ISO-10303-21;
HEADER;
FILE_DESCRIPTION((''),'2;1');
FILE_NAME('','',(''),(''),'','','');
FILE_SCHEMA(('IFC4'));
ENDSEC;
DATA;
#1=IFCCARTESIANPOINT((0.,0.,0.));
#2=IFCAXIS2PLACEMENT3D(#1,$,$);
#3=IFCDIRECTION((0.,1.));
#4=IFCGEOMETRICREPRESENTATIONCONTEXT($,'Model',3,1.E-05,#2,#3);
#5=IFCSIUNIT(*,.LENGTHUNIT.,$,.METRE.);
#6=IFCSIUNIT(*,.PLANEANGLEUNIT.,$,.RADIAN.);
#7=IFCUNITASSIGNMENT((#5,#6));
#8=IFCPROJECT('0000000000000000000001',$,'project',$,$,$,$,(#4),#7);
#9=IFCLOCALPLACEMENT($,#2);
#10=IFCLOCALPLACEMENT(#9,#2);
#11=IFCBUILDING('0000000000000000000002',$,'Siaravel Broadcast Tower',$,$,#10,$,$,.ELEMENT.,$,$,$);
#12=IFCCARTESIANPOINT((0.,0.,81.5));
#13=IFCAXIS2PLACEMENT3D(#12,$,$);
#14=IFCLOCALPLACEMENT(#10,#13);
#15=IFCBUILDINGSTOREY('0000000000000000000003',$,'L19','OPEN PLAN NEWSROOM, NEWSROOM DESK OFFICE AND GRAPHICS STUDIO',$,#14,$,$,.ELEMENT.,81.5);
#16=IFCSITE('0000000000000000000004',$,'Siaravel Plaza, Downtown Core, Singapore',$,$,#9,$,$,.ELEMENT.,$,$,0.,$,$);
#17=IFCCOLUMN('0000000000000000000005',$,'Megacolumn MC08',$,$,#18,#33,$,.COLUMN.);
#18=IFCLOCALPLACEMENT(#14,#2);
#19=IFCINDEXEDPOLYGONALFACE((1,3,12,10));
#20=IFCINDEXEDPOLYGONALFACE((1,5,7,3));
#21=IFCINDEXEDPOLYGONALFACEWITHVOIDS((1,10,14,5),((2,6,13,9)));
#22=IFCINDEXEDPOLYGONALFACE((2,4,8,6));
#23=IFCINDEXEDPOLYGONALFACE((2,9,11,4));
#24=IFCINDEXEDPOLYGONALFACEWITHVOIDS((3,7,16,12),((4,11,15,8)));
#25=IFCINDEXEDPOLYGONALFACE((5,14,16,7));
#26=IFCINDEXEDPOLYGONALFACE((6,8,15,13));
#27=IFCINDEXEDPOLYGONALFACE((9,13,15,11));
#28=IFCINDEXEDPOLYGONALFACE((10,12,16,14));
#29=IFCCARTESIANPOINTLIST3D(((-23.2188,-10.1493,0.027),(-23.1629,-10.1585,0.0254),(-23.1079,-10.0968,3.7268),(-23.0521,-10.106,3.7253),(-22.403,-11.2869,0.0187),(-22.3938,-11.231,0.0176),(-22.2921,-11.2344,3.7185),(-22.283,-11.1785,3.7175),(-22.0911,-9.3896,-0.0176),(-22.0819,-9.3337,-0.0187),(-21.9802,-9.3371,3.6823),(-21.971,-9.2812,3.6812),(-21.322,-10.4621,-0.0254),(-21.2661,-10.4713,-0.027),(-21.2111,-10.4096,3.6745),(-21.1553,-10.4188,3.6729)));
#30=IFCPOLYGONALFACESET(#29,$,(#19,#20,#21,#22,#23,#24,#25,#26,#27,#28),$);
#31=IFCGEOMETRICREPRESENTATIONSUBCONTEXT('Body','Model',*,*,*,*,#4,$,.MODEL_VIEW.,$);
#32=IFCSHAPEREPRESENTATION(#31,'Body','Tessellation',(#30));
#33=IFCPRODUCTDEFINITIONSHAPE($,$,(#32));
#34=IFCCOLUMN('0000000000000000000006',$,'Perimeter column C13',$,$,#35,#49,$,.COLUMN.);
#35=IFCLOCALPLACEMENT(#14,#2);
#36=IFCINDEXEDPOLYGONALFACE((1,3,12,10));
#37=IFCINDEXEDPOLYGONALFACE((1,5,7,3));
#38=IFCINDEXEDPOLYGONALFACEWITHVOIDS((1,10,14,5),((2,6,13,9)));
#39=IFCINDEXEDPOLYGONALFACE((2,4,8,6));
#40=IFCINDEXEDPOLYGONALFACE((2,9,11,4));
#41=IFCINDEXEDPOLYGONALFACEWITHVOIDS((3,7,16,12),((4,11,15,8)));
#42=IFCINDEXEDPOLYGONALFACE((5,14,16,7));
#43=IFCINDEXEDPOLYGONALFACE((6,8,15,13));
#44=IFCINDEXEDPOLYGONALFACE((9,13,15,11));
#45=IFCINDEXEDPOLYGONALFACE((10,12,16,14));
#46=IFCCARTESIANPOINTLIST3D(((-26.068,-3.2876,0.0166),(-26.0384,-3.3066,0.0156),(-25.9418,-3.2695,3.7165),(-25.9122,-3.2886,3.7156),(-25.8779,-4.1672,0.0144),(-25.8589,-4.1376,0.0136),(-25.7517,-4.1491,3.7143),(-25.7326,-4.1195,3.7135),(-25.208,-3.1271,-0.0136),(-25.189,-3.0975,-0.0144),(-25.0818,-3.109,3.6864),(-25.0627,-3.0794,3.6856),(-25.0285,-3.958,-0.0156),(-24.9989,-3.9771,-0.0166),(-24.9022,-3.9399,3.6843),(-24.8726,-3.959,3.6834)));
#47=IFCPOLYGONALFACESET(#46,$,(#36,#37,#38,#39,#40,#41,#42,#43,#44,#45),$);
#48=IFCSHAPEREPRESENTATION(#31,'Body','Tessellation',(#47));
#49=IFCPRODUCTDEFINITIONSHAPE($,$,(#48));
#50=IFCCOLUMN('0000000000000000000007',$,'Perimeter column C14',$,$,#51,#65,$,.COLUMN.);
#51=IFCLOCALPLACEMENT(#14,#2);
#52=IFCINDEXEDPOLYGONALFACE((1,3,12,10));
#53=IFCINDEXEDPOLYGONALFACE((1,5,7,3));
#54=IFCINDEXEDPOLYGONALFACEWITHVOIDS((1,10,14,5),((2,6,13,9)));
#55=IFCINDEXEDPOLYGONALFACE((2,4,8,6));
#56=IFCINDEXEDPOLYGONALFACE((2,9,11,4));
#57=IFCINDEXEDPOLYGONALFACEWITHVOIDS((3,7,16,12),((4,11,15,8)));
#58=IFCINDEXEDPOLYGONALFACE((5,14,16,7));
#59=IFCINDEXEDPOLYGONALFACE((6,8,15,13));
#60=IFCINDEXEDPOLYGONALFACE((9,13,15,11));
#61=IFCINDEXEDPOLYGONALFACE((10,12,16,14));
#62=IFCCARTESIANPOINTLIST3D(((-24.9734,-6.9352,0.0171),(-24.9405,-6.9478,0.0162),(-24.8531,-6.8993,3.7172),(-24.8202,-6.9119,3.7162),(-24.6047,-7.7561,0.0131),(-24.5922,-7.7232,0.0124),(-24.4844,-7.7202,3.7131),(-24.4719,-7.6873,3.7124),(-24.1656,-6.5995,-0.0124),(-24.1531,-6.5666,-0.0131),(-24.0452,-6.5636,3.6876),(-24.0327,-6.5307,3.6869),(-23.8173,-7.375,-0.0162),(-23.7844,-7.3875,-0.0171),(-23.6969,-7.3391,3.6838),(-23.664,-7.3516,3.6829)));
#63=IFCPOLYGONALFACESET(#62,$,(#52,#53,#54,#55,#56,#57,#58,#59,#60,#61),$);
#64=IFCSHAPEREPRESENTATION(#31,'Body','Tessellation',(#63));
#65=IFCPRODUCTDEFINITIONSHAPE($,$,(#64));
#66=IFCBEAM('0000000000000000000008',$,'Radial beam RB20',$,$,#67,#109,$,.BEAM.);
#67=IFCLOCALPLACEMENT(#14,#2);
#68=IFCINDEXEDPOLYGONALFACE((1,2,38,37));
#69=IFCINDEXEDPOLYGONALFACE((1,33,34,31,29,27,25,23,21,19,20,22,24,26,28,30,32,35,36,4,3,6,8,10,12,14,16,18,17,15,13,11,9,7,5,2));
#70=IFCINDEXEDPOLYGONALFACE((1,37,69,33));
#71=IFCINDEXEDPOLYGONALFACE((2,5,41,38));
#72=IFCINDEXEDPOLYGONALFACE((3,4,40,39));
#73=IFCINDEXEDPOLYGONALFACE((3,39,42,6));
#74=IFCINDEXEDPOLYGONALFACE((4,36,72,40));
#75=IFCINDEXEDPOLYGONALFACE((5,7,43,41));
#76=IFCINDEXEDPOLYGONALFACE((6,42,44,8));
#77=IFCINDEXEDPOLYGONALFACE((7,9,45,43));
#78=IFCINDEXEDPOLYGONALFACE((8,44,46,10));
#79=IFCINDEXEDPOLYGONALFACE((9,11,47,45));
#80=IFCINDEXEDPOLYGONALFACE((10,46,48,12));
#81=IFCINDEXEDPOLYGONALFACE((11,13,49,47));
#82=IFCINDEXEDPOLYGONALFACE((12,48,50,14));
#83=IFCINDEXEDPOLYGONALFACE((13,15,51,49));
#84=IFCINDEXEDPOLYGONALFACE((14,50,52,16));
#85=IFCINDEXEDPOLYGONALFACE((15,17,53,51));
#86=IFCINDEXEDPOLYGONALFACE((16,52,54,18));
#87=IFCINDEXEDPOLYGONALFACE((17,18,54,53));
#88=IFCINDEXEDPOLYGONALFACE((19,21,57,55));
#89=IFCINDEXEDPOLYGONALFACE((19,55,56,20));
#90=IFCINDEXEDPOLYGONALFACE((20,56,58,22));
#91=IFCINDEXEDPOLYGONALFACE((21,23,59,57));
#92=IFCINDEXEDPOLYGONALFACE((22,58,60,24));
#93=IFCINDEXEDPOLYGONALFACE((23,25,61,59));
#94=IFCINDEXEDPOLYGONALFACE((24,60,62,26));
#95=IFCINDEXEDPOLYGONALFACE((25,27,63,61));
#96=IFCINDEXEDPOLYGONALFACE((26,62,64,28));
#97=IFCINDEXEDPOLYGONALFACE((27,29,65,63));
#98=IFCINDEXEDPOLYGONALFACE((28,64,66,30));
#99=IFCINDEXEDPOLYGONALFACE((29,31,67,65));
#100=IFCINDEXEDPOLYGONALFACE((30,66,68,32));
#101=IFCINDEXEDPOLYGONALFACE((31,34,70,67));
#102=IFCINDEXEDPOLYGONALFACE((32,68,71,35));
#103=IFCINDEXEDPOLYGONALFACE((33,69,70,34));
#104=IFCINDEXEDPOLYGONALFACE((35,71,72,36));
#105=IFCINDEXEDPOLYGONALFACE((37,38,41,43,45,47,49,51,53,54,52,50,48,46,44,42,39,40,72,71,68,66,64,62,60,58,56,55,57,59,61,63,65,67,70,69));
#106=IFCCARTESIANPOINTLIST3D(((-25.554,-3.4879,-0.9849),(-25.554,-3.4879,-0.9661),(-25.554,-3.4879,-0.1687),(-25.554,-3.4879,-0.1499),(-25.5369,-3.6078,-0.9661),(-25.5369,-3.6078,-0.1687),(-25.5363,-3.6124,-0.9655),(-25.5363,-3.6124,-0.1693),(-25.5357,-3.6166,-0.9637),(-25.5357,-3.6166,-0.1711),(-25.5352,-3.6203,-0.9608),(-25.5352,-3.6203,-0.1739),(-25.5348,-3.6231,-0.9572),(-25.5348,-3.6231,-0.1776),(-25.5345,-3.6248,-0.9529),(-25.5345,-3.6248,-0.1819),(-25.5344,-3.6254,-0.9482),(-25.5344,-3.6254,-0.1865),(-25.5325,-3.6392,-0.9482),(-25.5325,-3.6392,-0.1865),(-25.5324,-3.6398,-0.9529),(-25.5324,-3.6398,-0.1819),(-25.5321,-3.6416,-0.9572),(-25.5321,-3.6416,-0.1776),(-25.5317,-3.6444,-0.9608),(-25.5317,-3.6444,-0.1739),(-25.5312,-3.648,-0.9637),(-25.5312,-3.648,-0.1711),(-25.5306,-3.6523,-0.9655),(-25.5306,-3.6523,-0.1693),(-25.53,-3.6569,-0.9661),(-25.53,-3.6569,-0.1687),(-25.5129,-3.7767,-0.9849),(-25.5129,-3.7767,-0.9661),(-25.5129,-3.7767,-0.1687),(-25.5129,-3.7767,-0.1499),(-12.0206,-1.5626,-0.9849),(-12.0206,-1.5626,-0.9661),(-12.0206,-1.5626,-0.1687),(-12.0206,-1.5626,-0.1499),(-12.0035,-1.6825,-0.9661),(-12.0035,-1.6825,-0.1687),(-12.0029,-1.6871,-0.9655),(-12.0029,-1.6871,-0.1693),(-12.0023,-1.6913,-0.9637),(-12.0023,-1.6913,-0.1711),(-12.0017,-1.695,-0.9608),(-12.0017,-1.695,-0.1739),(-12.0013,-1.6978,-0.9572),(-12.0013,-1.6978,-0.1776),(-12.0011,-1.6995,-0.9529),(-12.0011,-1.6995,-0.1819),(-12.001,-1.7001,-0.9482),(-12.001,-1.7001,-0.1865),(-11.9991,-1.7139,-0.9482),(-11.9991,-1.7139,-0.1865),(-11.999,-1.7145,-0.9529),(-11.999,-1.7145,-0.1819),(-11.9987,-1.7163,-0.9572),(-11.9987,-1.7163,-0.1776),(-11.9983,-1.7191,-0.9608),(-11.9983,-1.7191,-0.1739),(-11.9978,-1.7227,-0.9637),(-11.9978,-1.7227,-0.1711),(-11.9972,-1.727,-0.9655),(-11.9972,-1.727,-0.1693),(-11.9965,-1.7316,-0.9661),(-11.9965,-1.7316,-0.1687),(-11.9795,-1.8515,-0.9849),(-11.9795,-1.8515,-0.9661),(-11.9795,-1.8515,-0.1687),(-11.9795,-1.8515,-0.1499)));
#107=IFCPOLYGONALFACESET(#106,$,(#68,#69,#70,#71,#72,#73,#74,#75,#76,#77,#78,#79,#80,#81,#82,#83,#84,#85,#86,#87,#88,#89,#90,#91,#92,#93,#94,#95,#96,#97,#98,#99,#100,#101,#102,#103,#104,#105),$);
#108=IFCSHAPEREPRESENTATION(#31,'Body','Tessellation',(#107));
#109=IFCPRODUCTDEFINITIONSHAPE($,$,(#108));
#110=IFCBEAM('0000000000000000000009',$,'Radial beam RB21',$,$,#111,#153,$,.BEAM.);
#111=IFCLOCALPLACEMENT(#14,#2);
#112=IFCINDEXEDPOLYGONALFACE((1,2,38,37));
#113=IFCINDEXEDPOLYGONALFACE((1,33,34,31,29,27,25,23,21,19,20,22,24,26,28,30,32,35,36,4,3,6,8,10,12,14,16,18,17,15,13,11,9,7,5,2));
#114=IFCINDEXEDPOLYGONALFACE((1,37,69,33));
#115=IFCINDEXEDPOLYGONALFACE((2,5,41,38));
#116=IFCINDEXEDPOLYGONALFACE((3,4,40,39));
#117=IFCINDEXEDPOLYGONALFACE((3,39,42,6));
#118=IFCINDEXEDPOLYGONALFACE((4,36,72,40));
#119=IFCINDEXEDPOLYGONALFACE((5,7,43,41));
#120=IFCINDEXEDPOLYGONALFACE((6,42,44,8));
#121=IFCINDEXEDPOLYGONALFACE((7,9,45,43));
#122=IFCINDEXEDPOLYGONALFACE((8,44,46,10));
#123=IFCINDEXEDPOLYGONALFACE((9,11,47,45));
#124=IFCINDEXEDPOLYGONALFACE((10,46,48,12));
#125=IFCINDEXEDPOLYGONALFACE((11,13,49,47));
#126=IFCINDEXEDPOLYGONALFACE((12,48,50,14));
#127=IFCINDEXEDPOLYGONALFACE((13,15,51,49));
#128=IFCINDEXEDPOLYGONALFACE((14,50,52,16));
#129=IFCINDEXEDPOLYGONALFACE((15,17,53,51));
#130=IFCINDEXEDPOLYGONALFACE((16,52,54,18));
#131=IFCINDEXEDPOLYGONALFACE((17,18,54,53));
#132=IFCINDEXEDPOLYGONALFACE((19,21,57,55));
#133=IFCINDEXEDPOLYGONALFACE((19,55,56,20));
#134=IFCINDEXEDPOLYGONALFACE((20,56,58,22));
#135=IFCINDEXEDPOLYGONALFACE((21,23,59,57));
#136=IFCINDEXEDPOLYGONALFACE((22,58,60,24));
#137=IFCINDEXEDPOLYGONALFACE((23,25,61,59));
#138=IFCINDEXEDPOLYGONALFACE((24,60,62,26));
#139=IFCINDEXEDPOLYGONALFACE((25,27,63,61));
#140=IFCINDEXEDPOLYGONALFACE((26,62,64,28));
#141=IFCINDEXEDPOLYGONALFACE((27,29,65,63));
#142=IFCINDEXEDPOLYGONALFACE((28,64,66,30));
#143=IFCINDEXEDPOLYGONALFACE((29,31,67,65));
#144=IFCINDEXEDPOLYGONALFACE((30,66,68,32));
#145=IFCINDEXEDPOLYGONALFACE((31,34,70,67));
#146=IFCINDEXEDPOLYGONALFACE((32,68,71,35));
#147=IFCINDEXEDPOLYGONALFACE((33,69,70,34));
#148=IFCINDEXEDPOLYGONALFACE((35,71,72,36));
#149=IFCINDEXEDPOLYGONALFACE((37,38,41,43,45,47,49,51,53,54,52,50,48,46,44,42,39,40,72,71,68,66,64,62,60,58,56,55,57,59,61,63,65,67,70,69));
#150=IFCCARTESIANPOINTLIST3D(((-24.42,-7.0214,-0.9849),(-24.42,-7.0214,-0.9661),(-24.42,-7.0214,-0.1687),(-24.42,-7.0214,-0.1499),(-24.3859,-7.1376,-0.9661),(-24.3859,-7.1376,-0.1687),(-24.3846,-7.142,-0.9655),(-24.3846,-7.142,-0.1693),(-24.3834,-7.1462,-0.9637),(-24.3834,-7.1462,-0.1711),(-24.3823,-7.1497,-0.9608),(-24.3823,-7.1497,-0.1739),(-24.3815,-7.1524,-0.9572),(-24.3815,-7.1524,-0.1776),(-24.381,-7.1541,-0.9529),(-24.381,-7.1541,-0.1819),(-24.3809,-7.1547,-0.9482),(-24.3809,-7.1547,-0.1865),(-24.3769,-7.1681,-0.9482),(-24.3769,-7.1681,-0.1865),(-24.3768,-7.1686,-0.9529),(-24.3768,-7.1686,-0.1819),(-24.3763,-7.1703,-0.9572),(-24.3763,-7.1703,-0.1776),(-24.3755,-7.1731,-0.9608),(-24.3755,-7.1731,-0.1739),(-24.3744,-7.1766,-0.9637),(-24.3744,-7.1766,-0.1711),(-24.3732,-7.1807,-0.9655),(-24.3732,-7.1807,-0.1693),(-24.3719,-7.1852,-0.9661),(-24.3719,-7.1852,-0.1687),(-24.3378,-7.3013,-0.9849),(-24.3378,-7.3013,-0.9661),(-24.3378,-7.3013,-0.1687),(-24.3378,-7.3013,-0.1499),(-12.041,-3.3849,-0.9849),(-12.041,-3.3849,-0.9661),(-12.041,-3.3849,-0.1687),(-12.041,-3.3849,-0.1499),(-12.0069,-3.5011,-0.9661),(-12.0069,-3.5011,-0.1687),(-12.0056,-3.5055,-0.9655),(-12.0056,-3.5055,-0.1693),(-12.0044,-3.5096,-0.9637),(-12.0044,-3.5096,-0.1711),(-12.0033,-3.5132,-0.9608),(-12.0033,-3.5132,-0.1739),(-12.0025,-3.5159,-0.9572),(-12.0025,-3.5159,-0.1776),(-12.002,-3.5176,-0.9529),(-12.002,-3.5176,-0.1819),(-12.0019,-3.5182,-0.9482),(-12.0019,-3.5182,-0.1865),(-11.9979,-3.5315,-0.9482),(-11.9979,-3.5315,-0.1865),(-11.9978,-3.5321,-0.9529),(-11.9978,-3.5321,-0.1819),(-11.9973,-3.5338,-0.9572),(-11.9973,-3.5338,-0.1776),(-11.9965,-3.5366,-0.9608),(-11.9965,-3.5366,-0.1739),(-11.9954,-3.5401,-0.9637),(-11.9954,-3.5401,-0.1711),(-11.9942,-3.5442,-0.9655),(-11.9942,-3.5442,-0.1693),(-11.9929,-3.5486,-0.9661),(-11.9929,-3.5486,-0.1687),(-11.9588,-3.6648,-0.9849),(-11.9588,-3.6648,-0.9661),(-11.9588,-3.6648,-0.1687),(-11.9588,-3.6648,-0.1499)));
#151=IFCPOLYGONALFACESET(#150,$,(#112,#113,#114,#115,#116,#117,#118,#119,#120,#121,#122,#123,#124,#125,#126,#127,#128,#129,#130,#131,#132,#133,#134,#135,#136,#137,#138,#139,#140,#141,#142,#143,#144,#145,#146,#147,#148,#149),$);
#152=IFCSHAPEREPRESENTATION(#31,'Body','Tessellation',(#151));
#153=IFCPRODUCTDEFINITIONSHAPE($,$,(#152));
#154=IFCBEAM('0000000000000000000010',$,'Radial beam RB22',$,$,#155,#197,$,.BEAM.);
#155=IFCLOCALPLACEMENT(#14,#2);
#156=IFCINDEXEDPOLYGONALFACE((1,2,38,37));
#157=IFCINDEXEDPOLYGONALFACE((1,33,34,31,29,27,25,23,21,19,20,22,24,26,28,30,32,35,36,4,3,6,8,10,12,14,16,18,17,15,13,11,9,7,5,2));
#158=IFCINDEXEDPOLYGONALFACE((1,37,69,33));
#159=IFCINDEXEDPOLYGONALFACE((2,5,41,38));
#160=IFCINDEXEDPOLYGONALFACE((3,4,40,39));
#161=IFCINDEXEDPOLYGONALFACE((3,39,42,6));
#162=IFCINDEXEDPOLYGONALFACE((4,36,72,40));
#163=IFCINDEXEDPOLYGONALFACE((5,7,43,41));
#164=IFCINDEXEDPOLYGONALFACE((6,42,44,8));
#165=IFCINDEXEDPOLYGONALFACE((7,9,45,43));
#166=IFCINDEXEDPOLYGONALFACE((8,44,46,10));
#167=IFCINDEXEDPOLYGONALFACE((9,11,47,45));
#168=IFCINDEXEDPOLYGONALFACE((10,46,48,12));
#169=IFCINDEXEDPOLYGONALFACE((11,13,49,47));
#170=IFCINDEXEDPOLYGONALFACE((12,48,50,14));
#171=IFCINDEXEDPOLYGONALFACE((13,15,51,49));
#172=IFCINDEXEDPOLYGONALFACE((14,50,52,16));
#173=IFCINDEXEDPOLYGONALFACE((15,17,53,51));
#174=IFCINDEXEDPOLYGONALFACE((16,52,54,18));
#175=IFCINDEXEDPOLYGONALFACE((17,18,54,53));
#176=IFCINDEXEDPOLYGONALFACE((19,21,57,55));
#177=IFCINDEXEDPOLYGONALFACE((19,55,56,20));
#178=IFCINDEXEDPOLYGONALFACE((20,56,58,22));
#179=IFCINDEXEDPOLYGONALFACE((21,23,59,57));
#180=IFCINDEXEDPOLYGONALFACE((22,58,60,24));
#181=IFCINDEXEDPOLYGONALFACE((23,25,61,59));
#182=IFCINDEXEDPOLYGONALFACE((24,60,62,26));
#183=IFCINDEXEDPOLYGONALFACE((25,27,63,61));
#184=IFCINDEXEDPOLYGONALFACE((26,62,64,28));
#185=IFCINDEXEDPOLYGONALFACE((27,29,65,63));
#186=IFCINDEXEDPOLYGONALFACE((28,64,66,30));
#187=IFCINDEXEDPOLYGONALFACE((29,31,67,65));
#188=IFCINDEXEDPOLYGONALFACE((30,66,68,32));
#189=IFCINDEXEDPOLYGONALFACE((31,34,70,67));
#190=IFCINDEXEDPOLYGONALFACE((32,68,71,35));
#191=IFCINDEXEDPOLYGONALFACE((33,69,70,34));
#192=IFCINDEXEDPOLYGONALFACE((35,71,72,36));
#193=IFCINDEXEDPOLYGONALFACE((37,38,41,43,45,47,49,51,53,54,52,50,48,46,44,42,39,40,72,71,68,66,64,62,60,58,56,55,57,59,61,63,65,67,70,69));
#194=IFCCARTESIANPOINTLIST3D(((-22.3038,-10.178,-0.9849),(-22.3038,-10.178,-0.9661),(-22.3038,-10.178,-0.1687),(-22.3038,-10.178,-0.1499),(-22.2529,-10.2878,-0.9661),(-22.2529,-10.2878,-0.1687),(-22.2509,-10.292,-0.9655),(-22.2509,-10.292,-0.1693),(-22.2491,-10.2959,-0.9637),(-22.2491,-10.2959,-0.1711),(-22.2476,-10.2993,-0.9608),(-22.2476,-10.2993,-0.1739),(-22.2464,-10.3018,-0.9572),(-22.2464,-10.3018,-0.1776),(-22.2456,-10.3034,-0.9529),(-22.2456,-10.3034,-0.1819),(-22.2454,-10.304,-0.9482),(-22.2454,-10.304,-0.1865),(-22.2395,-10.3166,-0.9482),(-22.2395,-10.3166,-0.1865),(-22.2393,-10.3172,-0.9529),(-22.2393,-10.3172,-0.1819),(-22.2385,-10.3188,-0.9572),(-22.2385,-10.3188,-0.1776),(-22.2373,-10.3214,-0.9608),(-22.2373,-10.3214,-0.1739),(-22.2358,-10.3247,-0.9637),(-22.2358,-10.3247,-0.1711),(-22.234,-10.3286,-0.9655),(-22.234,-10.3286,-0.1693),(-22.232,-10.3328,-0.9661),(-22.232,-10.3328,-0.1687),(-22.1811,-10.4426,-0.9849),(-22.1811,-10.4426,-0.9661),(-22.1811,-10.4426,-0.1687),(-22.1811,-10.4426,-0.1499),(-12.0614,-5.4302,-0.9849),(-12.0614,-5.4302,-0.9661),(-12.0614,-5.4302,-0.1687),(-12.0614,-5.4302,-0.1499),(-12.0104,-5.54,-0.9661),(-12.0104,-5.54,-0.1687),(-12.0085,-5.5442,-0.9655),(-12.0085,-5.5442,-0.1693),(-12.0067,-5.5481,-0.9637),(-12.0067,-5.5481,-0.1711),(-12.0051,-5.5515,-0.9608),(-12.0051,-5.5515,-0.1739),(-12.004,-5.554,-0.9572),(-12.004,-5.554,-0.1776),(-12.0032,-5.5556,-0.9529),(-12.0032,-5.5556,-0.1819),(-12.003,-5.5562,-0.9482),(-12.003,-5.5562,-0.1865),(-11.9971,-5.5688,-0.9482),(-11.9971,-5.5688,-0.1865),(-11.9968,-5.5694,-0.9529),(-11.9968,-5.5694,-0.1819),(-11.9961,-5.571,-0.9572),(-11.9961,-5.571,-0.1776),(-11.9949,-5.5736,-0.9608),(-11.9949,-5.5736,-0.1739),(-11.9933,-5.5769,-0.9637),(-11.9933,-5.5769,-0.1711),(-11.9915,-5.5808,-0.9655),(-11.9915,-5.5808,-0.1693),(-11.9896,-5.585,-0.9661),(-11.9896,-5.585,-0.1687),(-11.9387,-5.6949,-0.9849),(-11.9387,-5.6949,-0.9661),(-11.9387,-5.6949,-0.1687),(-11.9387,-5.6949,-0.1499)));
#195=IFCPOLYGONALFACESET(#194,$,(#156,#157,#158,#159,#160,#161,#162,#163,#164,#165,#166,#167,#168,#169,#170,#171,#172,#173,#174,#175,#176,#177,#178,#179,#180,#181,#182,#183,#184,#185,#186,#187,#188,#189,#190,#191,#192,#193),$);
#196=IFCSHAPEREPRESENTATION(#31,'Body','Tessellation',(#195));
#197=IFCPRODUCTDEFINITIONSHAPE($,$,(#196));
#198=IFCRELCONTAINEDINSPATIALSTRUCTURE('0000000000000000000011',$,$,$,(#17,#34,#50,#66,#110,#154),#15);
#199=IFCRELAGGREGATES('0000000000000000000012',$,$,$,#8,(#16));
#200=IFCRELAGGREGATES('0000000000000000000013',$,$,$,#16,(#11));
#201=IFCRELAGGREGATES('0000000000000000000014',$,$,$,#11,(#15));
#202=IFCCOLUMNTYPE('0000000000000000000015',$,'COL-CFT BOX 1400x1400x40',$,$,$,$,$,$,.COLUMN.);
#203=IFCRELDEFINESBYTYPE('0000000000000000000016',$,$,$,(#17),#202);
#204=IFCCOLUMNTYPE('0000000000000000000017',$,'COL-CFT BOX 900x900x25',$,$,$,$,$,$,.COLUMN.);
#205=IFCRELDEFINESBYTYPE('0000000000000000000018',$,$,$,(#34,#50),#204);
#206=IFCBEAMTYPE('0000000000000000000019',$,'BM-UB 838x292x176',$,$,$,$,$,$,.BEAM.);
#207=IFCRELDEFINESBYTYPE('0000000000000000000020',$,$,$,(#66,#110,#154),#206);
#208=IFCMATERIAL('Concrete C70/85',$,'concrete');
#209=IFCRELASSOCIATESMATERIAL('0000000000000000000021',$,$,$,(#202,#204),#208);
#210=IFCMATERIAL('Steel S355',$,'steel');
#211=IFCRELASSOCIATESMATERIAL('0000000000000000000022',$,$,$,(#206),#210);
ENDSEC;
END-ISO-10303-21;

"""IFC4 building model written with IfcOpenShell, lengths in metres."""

from ifc_helpers import new_model, si_unit, direction, frame, origin, origin_2d, place, context, subcontext, project, spatial, hollow_rectangle, i_section, extrude, material, material_profile, profile_set, type_object, element, save


model = new_model("IFC4")

# Units and contexts
model_context = context("Model", 3, precision=1e-05, world=origin(), true_north=direction((0.0, 1.0)))
body_context = subcontext(model_context, "Body", "Model", "MODEL_VIEW")
ifc_project = project(units=[si_unit("LENGTHUNIT", "METRE"), si_unit("PLANEANGLEUNIT", "RADIAN")], contexts=[model_context])

# Site, building, storey
site_placement = place(None, origin())
site = spatial("IfcSite", under=ifc_project, at=site_placement, Name="Siaravel Plaza, Downtown Core, Singapore", CompositionType="ELEMENT", RefElevation=0.0)
building_placement = place(site_placement, origin())
building = spatial("IfcBuilding", under=site, at=building_placement, Name="Siaravel Broadcast Tower", CompositionType="ELEMENT")
storey_placement = place(building_placement, frame((0.0, 0.0, 81.5)))
storey = spatial("IfcBuildingStorey", under=building, at=storey_placement, Name="L19", Description="OPEN PLAN NEWSROOM, NEWSROOM DESK OFFICE AND GRAPHICS STUDIO", CompositionType="ELEMENT", Elevation=81.5)

# Columns
ifc_material_1 = material(Name="Concrete C70/85", Category="concrete")
ifc_material_profile_1 = material_profile(ifc_material_1, hollow_rectangle(XDim=1.3999, YDim=1.3999, WallThickness=0.04, at=origin_2d()))
ifc_profile_set_1 = profile_set([ifc_material_profile_1], Name="Concrete C70/85")
column_type_1 = type_object("IfcColumnType", Name="COL-CFT BOX 1400x1400x40", PredefinedType="COLUMN", material=ifc_profile_set_1)
column_placement = place(storey_placement, frame((-22.2424, -10.3103, 0.0), z_axis=(0.029941, 0.014179, 0.999451), x_axis=(-0.58274, 0.812637, 0.005929)))
element("IfcColumn", 1, at=column_placement, inside=storey, type_object=column_type_1, Name="Megacolumn MC08", PredefinedType="COLUMN", context=body_context, shape_type="SweptSolid", body=[
    extrude(hollow_rectangle(XDim=1.3999, YDim=1.3999, WallThickness=0.04, at=origin_2d()), origin(), (0.0, 0.0, 1.0), 3.7019),
])
ifc_material_profile_2 = material_profile(ifc_material_1, hollow_rectangle(XDim=0.8999, YDim=0.8999, WallThickness=0.0249, at=origin_2d()))
ifc_profile_set_2 = profile_set([ifc_material_profile_2], Name="Concrete C70/85")
column_type_2 = type_object("IfcColumnType", Name="COL-CFT BOX 900x900x25", PredefinedType="COLUMN", material=ifc_profile_set_2)
for number, where, z_axis, x_axis, name in (
    (2, (-25.5334, -3.6323, 0.0), (0.034094, 0.00488, 0.999407), (-0.211243, 0.977431, 0.002434), "Perimeter column C13"),
    (3, (-24.3789, -7.1614, 0.0), (0.032512, 0.009694, 0.999424), (-0.409711, 0.912205, 0.00448), "Perimeter column C14"),
):
    element("IfcColumn", number, at=place(storey_placement, frame(where, z_axis=z_axis, x_axis=x_axis)), inside=storey, type_object=column_type_2, Name=name, PredefinedType="COLUMN", context=body_context, shape_type="SweptSolid", body=[
        extrude(hollow_rectangle(XDim=0.8999, YDim=0.8999, WallThickness=0.0249, at=origin_2d()), origin(), (0.0, 0.0, 1.0), 3.7021),
    ])

# Beams
ifc_material_2 = material(Name="Steel S355", Category="steel")
ifc_material_profile_3 = material_profile(ifc_material_2, i_section(OverallWidth=0.2917, OverallDepth=0.835, WebThickness=0.0139, FlangeThickness=0.0188, FilletRadius=0.0178, at=origin_2d()))
ifc_profile_set_3 = profile_set([ifc_material_profile_3], Name="Steel S355")
beam_type = type_object("IfcBeamType", Name="BM-UB 838x292x176", PredefinedType="BEAM", material=ifc_profile_set_3)
beam_1_placement = place(storey_placement, frame((-25.5334, -3.6323, -0.5674), z_axis=(0.990032, 0.140844, 0.0), x_axis=(-0.140844, 0.990032, 0.0)))
element("IfcBeam", 4, at=beam_1_placement, inside=storey, type_object=beam_type, Name="Radial beam RB20", PredefinedType="BEAM", context=body_context, shape_type="SweptSolid", body=[
    extrude(i_section(OverallWidth=0.2917, OverallDepth=0.835, WebThickness=0.0139, FlangeThickness=0.0188, FilletRadius=0.0178, at=origin_2d()), origin(), (0.0, 0.0, 1.0), 13.6697),
])
beam_2_placement = place(storey_placement, frame((-24.3789, -7.1614, -0.5674), z_axis=(0.959457, 0.281854, 0.0), x_axis=(-0.281854, 0.959457, 0.0)))
element("IfcBeam", 5, at=beam_2_placement, inside=storey, type_object=beam_type, Name="Radial beam RB21", PredefinedType="BEAM", context=body_context, shape_type="SweptSolid", body=[
    extrude(i_section(OverallWidth=0.2917, OverallDepth=0.835, WebThickness=0.0139, FlangeThickness=0.0188, FilletRadius=0.0178, at=origin_2d()), origin(), (0.0, 0.0, 1.0), 12.9021),
])
beam_3_placement = place(storey_placement, frame((-22.2424, -10.3103, -0.5674), z_axis=(0.907266, 0.420557, 0.0), x_axis=(-0.420557, 0.907266, 0.0)))
element("IfcBeam", 6, at=beam_3_placement, inside=storey, type_object=beam_type, Name="Radial beam RB22", PredefinedType="BEAM", context=body_context, shape_type="SweptSolid", body=[
    extrude(i_section(OverallWidth=0.2917, OverallDepth=0.835, WebThickness=0.0139, FlangeThickness=0.0188, FilletRadius=0.0178, at=origin_2d()), origin(), (0.0, 0.0, 1.0), 11.2893),
])

save(model, "model.ifc")
